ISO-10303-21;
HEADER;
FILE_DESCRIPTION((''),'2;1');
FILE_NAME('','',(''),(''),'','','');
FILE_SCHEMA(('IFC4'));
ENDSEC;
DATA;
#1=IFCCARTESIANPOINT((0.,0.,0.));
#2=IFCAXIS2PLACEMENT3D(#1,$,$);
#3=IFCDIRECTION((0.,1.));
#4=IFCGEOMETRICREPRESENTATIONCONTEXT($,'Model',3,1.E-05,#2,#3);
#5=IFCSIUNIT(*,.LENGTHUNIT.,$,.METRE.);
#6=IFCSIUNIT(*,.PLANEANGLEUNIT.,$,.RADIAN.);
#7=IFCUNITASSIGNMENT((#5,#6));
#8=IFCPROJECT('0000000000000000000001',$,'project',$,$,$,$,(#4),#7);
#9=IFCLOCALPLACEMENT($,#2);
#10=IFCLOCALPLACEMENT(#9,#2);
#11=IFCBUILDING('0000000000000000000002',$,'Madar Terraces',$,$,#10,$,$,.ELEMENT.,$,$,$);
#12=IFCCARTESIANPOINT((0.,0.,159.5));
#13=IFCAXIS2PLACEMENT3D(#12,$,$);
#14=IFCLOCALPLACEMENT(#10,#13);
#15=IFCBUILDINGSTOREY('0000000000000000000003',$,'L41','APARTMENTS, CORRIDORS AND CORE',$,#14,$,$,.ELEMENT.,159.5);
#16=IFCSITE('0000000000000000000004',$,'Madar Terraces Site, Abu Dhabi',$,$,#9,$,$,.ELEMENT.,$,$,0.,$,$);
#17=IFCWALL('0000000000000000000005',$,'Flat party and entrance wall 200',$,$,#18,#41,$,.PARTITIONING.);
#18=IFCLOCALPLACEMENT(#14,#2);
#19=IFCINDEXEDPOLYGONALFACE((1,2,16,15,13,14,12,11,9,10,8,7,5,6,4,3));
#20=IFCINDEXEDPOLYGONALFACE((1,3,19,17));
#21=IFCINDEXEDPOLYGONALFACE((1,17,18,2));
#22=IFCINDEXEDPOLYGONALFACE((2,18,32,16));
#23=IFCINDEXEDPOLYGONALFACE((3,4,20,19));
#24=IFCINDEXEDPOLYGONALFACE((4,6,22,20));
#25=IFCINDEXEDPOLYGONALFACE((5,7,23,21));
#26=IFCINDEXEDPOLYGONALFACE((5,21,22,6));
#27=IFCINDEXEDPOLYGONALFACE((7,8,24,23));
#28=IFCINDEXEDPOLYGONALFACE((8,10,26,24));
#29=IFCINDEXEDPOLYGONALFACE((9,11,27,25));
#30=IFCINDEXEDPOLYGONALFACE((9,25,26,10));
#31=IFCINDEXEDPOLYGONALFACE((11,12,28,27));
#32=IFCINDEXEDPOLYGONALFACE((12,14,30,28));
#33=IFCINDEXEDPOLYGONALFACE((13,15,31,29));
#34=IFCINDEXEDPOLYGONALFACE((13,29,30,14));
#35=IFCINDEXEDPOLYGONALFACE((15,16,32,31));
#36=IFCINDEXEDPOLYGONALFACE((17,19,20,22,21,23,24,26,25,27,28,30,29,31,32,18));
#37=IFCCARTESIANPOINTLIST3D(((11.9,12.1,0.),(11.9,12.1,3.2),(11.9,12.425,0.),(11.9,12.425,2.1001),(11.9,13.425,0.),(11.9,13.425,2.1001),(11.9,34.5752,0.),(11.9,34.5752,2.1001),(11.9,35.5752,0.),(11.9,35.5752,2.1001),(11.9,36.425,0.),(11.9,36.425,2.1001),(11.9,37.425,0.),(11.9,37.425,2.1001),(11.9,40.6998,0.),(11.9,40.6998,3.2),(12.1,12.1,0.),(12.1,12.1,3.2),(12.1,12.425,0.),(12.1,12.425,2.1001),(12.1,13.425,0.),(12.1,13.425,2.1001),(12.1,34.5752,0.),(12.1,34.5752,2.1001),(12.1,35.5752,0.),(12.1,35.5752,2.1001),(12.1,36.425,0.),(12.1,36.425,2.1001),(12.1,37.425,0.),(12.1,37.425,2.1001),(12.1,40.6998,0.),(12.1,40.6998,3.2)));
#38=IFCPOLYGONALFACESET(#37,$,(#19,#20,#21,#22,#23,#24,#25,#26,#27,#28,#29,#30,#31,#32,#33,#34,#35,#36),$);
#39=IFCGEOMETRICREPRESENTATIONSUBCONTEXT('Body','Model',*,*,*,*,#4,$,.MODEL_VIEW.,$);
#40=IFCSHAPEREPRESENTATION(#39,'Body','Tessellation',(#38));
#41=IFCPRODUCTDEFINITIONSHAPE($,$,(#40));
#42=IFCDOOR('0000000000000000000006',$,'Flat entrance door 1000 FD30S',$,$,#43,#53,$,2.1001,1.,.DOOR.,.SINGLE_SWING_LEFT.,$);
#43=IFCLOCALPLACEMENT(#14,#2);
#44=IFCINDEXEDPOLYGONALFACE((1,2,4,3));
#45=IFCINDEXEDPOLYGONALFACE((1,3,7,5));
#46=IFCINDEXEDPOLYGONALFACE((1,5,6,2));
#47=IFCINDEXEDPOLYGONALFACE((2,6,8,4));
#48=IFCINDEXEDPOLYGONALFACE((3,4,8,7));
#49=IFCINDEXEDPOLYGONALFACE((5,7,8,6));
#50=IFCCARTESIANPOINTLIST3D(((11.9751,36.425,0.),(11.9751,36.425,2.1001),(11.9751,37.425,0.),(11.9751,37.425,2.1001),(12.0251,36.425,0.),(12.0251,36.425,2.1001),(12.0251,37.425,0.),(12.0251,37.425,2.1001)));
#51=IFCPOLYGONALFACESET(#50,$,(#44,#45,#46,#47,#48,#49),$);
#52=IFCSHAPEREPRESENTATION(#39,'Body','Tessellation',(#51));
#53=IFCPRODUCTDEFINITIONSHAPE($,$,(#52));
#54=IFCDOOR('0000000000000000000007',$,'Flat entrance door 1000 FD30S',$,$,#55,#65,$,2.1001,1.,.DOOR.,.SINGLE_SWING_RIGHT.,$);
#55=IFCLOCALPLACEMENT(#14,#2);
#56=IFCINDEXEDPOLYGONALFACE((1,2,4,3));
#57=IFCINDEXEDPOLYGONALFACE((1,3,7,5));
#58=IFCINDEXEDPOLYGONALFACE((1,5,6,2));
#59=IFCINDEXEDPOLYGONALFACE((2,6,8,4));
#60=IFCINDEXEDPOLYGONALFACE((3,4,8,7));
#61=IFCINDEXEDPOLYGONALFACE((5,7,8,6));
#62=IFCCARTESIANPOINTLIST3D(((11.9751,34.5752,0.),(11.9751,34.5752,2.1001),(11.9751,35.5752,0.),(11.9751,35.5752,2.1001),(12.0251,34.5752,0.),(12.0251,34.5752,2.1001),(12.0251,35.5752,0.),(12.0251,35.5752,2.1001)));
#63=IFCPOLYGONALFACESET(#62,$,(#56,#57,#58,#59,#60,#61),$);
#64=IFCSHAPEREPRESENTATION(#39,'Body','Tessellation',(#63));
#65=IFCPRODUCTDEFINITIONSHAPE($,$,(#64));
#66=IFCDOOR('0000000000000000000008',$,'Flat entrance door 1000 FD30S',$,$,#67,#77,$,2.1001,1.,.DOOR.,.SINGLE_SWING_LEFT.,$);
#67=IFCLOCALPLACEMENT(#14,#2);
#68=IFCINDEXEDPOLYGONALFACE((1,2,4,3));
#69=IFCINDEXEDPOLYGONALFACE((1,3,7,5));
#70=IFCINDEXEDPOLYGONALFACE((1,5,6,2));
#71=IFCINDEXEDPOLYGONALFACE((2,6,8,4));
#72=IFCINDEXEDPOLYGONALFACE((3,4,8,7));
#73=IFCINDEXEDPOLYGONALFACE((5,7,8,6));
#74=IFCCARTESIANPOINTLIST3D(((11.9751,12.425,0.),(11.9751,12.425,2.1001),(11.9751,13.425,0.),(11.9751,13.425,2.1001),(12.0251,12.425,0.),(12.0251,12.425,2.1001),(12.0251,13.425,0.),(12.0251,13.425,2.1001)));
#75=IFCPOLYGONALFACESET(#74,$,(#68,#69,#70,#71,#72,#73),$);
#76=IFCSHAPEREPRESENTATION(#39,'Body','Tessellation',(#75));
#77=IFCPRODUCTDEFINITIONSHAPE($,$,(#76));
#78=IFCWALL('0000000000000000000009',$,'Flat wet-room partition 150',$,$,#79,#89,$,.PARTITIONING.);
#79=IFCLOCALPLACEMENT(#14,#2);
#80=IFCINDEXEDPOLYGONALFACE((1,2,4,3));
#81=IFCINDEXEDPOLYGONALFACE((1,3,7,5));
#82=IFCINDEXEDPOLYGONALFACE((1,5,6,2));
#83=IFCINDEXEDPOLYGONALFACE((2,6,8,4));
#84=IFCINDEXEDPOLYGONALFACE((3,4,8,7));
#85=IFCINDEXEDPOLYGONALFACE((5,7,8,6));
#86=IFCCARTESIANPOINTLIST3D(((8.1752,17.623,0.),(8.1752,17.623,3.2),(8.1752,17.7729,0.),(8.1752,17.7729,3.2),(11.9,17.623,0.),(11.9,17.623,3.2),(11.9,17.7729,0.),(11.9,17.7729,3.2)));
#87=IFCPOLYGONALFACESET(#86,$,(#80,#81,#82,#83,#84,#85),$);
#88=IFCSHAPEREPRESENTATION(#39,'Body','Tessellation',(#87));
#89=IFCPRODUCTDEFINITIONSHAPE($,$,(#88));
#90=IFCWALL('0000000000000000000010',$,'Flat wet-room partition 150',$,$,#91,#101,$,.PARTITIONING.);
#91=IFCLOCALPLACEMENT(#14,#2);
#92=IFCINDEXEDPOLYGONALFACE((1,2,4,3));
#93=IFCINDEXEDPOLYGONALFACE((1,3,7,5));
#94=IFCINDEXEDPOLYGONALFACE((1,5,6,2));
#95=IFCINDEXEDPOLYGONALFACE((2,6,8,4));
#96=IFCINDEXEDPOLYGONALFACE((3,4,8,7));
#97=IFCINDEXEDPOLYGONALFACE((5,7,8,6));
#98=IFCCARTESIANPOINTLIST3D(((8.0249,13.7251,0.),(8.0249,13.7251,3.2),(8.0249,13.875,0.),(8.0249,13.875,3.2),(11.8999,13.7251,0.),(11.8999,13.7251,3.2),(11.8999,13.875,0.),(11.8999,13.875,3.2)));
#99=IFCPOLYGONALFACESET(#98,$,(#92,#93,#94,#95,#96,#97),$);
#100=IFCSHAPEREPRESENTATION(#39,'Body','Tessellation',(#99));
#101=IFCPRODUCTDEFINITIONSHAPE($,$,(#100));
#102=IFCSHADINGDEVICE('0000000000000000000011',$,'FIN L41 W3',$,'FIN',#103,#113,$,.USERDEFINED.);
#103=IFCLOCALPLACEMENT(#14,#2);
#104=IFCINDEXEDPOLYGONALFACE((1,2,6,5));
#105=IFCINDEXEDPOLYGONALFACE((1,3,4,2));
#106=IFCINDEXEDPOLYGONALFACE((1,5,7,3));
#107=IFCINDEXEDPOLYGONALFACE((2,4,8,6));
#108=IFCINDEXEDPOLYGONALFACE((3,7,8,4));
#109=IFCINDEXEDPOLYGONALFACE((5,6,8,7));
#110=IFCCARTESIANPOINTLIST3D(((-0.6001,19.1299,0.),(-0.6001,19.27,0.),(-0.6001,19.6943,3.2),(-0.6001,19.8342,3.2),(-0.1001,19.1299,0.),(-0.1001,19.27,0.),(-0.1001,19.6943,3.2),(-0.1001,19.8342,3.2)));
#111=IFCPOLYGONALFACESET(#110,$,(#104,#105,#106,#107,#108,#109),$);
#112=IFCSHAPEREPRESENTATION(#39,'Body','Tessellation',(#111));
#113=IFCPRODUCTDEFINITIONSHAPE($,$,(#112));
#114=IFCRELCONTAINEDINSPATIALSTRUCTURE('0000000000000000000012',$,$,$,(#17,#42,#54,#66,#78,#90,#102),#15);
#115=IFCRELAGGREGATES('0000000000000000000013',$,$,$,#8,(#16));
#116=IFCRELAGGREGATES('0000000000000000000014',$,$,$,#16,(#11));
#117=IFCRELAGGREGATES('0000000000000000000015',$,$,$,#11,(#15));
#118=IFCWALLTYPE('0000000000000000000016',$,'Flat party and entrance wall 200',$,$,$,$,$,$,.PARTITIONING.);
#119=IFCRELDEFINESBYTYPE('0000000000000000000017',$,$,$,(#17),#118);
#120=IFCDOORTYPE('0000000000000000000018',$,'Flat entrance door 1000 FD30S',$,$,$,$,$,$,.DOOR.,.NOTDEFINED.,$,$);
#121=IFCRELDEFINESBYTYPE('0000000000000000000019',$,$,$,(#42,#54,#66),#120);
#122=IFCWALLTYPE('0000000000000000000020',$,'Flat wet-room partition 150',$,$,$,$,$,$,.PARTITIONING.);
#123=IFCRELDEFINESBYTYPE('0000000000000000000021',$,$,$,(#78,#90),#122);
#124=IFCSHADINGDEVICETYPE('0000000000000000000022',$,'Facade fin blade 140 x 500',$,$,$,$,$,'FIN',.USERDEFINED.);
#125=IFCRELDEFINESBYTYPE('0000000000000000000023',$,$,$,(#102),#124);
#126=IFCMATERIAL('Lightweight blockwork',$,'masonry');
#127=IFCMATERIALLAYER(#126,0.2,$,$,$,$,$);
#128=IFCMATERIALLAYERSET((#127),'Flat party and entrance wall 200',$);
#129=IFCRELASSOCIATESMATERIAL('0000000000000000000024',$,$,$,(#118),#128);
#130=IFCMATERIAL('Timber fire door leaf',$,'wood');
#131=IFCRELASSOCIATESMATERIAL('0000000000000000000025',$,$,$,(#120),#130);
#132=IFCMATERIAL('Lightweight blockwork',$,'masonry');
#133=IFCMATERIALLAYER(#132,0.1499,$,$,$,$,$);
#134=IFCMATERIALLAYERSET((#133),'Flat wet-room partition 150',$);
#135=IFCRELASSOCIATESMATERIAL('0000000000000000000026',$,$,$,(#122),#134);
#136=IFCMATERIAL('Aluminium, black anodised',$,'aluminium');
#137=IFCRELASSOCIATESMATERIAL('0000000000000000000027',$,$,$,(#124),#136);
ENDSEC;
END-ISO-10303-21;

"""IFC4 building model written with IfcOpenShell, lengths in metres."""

from ifc_helpers import new_model, si_unit, direction, frame, frame_2d, origin, place, context, subcontext, project, spatial, polyline, rectangle, outline, extrude, material, layer, layer_set, type_object, element, fill, save


model = new_model("IFC4")

# Units and contexts
model_context = context("Model", 3, precision=1e-05, world=origin(), true_north=direction((0.0, 1.0)))
body_context = subcontext(model_context, "Body", "Model", "MODEL_VIEW")
ifc_project = project(units=[si_unit("LENGTHUNIT", "METRE"), si_unit("PLANEANGLEUNIT", "RADIAN")], contexts=[model_context])

# Site, building, storey
site_placement = place(None, origin())
site = spatial("IfcSite", under=ifc_project, at=site_placement, Name="Madar Terraces Site, Abu Dhabi", CompositionType="ELEMENT", RefElevation=0.0)
building_placement = place(site_placement, origin())
building = spatial("IfcBuilding", under=site, at=building_placement, Name="Madar Terraces", CompositionType="ELEMENT")
storey_placement = place(building_placement, frame((0.0, 0.0, 159.5)))
storey = spatial("IfcBuildingStorey", under=building, at=storey_placement, Name="L41", Description="APARTMENTS, CORRIDORS AND CORE", CompositionType="ELEMENT", Elevation=159.5)

# Wall, openings, doors
ifc_material_1 = material(Name="Lightweight blockwork", Category="masonry")
ifc_layer_1 = layer(ifc_material_1, 0.2)
ifc_layer_set_1 = layer_set([ifc_layer_1], Name="Flat party and entrance wall 200")
wall_type_1 = type_object("IfcWallType", Name="Flat party and entrance wall 200", PredefinedType="PARTITIONING", material=ifc_layer_set_1)
wall_1_placement = place(storey_placement, frame((12.0, 12.1001, 0.0), z_axis=(0.0, 0.0, 1.0), x_axis=(0.0, 1.0, 0.0)))
wall_1 = element("IfcWall", 1, at=wall_1_placement, inside=storey, type_object=wall_type_1, Name="Flat party and entrance wall 200", PredefinedType="PARTITIONING", context=body_context, shape_type="SweptSolid", body=[
    extrude(rectangle(XDim=28.5999, YDim=0.2, at=frame_2d((14.2998, 0.0))), origin(), (0.0, 0.0, 1.0), 3.2),
])
opening_1_placement = place(wall_1_placement, frame((24.325, 0.0, 0.0)))
opening_1 = element("IfcOpeningElement", 2, at=opening_1_placement, cuts=wall_1, PredefinedType="OPENING", context=body_context, shape_type="SweptSolid", body=[
    extrude(rectangle(XDim=1.0, YDim=2.1001, at=frame_2d((0.5, 1.05))), frame((0.0, 0.1099, 0.0), z_axis=(0.0, -1.0, 0.0), x_axis=(1.0, 0.0, 0.0)), (0.0, 0.0, 1.0), 0.22),
])
opening_2_placement = place(wall_1_placement, frame((22.4751, 0.0, 0.0)))
opening_2 = element("IfcOpeningElement", 3, at=opening_2_placement, cuts=wall_1, PredefinedType="OPENING", context=body_context, shape_type="SweptSolid", body=[
    extrude(rectangle(XDim=1.0, YDim=2.1001, at=frame_2d((0.5, 1.05))), frame((0.0, 0.1099, 0.0), z_axis=(0.0, -1.0, 0.0), x_axis=(1.0, 0.0, 0.0)), (0.0, 0.0, 1.0), 0.22),
])
opening_3_placement = place(wall_1_placement, frame((0.325, 0.0, 0.0)))
opening_3 = element("IfcOpeningElement", 4, at=opening_3_placement, cuts=wall_1, PredefinedType="OPENING", context=body_context, shape_type="SweptSolid", body=[
    extrude(rectangle(XDim=1.0, YDim=2.1001, at=frame_2d((0.5, 1.05))), frame((0.0, 0.1099, 0.0), z_axis=(0.0, -1.0, 0.0), x_axis=(1.0, 0.0, 0.0)), (0.0, 0.0, 1.0), 0.22),
])
ifc_material_2 = material(Name="Timber fire door leaf", Category="wood")
door_type_1 = type_object("IfcDoorType", Name="Flat entrance door 1000 FD30S", OperationType="NOTDEFINED", PredefinedType="DOOR", material=ifc_material_2)
door_1_placement = place(opening_1_placement, origin())
door_1 = element("IfcDoor", 5, at=door_1_placement, inside=storey, type_object=door_type_1, Name="Flat entrance door 1000 FD30S", OperationType="SINGLE_SWING_LEFT", OverallHeight=2.1001, OverallWidth=1.0, PredefinedType="DOOR", context=body_context, shape_type="SweptSolid", body=[
    extrude(rectangle(XDim=1.0, YDim=2.1001, at=frame_2d((0.5, 1.05))), frame((0.0, 0.0249, 0.0), z_axis=(0.0, -1.0, 0.0), x_axis=(1.0, 0.0, 0.0)), (0.0, 0.0, 1.0), 0.05),
])
fill(opening_1, door_1)
door_2_placement = place(opening_2_placement, origin())
door_2 = element("IfcDoor", 6, at=door_2_placement, inside=storey, type_object=door_type_1, Name="Flat entrance door 1000 FD30S", OperationType="SINGLE_SWING_RIGHT", OverallHeight=2.1001, OverallWidth=1.0, PredefinedType="DOOR", context=body_context, shape_type="SweptSolid", body=[
    extrude(rectangle(XDim=1.0, YDim=2.1001, at=frame_2d((0.5, 1.05))), frame((0.0, 0.0249, 0.0), z_axis=(0.0, -1.0, 0.0), x_axis=(1.0, 0.0, 0.0)), (0.0, 0.0, 1.0), 0.05),
])
fill(opening_2, door_2)
door_3_placement = place(opening_3_placement, origin())
door_3 = element("IfcDoor", 7, at=door_3_placement, inside=storey, type_object=door_type_1, Name="Flat entrance door 1000 FD30S", OperationType="SINGLE_SWING_LEFT", OverallHeight=2.1001, OverallWidth=1.0, PredefinedType="DOOR", context=body_context, shape_type="SweptSolid", body=[
    extrude(rectangle(XDim=1.0, YDim=2.1001, at=frame_2d((0.5, 1.05))), frame((0.0, 0.0249, 0.0), z_axis=(0.0, -1.0, 0.0), x_axis=(1.0, 0.0, 0.0)), (0.0, 0.0, 1.0), 0.05),
])
fill(opening_3, door_3)

# Walls
ifc_material_3 = material(Name="Lightweight blockwork", Category="masonry")
ifc_layer_2 = layer(ifc_material_3, 0.1499)
ifc_layer_set_2 = layer_set([ifc_layer_2], Name="Flat wet-room partition 150")
wall_type_2 = type_object("IfcWallType", Name="Flat wet-room partition 150", PredefinedType="PARTITIONING", material=ifc_layer_set_2)
wall_2_placement = place(storey_placement, frame((11.8999, 17.698, 0.0), z_axis=(0.0, 0.0, 1.0), x_axis=(-1.0, 0.0, 0.0)))
element("IfcWall", 8, at=wall_2_placement, inside=storey, type_object=wall_type_2, Name="Flat wet-room partition 150", PredefinedType="PARTITIONING", context=body_context, shape_type="SweptSolid", body=[
    extrude(rectangle(XDim=3.7249, YDim=0.1499, at=frame_2d((1.8623, 0.0))), origin(), (0.0, 0.0, 1.0), 3.2),
])
wall_3_placement = place(storey_placement, frame((11.8999, 13.8, 0.0), z_axis=(0.0, 0.0, 1.0), x_axis=(-1.0, 0.0, 0.0)))
element("IfcWall", 9, at=wall_3_placement, inside=storey, type_object=wall_type_2, Name="Flat wet-room partition 150", PredefinedType="PARTITIONING", context=body_context, shape_type="SweptSolid", body=[
    extrude(rectangle(XDim=3.875, YDim=0.1499, at=frame_2d((1.9375, 0.0))), origin(), (0.0, 0.0, 1.0), 3.2),
])

# Shading device
ifc_material_4 = material(Name="Aluminium, black anodised", Category="aluminium")
shading_device_type = type_object("IfcShadingDeviceType", Name="Facade fin blade 140 x 500", ElementType="FIN", PredefinedType="USERDEFINED", material=ifc_material_4)
shading_device_placement = place(storey_placement, frame((-0.3501, 19.27, 0.0), z_axis=(0.0, 0.0, 1.0), x_axis=(0.0, -1.0, 0.0)))
element("IfcShadingDevice", 10, at=shading_device_placement, inside=storey, type_object=shading_device_type, Name="FIN L41 W3", ObjectType="FIN", PredefinedType="USERDEFINED", context=body_context, shape_type="SweptSolid", body=[
    extrude(outline(polyline([(0.0, 0.0), (0.1401, 0.0), (-0.4243, 3.2), (-0.5642, 3.2), (0.0, 0.0)])), frame((0.0, 0.25, 0.0), z_axis=(0.0, -1.0, 0.0), x_axis=(1.0, 0.0, 0.0)), (0.0, 0.0, 1.0), 0.5),
])

save(model, "model.ifc")
